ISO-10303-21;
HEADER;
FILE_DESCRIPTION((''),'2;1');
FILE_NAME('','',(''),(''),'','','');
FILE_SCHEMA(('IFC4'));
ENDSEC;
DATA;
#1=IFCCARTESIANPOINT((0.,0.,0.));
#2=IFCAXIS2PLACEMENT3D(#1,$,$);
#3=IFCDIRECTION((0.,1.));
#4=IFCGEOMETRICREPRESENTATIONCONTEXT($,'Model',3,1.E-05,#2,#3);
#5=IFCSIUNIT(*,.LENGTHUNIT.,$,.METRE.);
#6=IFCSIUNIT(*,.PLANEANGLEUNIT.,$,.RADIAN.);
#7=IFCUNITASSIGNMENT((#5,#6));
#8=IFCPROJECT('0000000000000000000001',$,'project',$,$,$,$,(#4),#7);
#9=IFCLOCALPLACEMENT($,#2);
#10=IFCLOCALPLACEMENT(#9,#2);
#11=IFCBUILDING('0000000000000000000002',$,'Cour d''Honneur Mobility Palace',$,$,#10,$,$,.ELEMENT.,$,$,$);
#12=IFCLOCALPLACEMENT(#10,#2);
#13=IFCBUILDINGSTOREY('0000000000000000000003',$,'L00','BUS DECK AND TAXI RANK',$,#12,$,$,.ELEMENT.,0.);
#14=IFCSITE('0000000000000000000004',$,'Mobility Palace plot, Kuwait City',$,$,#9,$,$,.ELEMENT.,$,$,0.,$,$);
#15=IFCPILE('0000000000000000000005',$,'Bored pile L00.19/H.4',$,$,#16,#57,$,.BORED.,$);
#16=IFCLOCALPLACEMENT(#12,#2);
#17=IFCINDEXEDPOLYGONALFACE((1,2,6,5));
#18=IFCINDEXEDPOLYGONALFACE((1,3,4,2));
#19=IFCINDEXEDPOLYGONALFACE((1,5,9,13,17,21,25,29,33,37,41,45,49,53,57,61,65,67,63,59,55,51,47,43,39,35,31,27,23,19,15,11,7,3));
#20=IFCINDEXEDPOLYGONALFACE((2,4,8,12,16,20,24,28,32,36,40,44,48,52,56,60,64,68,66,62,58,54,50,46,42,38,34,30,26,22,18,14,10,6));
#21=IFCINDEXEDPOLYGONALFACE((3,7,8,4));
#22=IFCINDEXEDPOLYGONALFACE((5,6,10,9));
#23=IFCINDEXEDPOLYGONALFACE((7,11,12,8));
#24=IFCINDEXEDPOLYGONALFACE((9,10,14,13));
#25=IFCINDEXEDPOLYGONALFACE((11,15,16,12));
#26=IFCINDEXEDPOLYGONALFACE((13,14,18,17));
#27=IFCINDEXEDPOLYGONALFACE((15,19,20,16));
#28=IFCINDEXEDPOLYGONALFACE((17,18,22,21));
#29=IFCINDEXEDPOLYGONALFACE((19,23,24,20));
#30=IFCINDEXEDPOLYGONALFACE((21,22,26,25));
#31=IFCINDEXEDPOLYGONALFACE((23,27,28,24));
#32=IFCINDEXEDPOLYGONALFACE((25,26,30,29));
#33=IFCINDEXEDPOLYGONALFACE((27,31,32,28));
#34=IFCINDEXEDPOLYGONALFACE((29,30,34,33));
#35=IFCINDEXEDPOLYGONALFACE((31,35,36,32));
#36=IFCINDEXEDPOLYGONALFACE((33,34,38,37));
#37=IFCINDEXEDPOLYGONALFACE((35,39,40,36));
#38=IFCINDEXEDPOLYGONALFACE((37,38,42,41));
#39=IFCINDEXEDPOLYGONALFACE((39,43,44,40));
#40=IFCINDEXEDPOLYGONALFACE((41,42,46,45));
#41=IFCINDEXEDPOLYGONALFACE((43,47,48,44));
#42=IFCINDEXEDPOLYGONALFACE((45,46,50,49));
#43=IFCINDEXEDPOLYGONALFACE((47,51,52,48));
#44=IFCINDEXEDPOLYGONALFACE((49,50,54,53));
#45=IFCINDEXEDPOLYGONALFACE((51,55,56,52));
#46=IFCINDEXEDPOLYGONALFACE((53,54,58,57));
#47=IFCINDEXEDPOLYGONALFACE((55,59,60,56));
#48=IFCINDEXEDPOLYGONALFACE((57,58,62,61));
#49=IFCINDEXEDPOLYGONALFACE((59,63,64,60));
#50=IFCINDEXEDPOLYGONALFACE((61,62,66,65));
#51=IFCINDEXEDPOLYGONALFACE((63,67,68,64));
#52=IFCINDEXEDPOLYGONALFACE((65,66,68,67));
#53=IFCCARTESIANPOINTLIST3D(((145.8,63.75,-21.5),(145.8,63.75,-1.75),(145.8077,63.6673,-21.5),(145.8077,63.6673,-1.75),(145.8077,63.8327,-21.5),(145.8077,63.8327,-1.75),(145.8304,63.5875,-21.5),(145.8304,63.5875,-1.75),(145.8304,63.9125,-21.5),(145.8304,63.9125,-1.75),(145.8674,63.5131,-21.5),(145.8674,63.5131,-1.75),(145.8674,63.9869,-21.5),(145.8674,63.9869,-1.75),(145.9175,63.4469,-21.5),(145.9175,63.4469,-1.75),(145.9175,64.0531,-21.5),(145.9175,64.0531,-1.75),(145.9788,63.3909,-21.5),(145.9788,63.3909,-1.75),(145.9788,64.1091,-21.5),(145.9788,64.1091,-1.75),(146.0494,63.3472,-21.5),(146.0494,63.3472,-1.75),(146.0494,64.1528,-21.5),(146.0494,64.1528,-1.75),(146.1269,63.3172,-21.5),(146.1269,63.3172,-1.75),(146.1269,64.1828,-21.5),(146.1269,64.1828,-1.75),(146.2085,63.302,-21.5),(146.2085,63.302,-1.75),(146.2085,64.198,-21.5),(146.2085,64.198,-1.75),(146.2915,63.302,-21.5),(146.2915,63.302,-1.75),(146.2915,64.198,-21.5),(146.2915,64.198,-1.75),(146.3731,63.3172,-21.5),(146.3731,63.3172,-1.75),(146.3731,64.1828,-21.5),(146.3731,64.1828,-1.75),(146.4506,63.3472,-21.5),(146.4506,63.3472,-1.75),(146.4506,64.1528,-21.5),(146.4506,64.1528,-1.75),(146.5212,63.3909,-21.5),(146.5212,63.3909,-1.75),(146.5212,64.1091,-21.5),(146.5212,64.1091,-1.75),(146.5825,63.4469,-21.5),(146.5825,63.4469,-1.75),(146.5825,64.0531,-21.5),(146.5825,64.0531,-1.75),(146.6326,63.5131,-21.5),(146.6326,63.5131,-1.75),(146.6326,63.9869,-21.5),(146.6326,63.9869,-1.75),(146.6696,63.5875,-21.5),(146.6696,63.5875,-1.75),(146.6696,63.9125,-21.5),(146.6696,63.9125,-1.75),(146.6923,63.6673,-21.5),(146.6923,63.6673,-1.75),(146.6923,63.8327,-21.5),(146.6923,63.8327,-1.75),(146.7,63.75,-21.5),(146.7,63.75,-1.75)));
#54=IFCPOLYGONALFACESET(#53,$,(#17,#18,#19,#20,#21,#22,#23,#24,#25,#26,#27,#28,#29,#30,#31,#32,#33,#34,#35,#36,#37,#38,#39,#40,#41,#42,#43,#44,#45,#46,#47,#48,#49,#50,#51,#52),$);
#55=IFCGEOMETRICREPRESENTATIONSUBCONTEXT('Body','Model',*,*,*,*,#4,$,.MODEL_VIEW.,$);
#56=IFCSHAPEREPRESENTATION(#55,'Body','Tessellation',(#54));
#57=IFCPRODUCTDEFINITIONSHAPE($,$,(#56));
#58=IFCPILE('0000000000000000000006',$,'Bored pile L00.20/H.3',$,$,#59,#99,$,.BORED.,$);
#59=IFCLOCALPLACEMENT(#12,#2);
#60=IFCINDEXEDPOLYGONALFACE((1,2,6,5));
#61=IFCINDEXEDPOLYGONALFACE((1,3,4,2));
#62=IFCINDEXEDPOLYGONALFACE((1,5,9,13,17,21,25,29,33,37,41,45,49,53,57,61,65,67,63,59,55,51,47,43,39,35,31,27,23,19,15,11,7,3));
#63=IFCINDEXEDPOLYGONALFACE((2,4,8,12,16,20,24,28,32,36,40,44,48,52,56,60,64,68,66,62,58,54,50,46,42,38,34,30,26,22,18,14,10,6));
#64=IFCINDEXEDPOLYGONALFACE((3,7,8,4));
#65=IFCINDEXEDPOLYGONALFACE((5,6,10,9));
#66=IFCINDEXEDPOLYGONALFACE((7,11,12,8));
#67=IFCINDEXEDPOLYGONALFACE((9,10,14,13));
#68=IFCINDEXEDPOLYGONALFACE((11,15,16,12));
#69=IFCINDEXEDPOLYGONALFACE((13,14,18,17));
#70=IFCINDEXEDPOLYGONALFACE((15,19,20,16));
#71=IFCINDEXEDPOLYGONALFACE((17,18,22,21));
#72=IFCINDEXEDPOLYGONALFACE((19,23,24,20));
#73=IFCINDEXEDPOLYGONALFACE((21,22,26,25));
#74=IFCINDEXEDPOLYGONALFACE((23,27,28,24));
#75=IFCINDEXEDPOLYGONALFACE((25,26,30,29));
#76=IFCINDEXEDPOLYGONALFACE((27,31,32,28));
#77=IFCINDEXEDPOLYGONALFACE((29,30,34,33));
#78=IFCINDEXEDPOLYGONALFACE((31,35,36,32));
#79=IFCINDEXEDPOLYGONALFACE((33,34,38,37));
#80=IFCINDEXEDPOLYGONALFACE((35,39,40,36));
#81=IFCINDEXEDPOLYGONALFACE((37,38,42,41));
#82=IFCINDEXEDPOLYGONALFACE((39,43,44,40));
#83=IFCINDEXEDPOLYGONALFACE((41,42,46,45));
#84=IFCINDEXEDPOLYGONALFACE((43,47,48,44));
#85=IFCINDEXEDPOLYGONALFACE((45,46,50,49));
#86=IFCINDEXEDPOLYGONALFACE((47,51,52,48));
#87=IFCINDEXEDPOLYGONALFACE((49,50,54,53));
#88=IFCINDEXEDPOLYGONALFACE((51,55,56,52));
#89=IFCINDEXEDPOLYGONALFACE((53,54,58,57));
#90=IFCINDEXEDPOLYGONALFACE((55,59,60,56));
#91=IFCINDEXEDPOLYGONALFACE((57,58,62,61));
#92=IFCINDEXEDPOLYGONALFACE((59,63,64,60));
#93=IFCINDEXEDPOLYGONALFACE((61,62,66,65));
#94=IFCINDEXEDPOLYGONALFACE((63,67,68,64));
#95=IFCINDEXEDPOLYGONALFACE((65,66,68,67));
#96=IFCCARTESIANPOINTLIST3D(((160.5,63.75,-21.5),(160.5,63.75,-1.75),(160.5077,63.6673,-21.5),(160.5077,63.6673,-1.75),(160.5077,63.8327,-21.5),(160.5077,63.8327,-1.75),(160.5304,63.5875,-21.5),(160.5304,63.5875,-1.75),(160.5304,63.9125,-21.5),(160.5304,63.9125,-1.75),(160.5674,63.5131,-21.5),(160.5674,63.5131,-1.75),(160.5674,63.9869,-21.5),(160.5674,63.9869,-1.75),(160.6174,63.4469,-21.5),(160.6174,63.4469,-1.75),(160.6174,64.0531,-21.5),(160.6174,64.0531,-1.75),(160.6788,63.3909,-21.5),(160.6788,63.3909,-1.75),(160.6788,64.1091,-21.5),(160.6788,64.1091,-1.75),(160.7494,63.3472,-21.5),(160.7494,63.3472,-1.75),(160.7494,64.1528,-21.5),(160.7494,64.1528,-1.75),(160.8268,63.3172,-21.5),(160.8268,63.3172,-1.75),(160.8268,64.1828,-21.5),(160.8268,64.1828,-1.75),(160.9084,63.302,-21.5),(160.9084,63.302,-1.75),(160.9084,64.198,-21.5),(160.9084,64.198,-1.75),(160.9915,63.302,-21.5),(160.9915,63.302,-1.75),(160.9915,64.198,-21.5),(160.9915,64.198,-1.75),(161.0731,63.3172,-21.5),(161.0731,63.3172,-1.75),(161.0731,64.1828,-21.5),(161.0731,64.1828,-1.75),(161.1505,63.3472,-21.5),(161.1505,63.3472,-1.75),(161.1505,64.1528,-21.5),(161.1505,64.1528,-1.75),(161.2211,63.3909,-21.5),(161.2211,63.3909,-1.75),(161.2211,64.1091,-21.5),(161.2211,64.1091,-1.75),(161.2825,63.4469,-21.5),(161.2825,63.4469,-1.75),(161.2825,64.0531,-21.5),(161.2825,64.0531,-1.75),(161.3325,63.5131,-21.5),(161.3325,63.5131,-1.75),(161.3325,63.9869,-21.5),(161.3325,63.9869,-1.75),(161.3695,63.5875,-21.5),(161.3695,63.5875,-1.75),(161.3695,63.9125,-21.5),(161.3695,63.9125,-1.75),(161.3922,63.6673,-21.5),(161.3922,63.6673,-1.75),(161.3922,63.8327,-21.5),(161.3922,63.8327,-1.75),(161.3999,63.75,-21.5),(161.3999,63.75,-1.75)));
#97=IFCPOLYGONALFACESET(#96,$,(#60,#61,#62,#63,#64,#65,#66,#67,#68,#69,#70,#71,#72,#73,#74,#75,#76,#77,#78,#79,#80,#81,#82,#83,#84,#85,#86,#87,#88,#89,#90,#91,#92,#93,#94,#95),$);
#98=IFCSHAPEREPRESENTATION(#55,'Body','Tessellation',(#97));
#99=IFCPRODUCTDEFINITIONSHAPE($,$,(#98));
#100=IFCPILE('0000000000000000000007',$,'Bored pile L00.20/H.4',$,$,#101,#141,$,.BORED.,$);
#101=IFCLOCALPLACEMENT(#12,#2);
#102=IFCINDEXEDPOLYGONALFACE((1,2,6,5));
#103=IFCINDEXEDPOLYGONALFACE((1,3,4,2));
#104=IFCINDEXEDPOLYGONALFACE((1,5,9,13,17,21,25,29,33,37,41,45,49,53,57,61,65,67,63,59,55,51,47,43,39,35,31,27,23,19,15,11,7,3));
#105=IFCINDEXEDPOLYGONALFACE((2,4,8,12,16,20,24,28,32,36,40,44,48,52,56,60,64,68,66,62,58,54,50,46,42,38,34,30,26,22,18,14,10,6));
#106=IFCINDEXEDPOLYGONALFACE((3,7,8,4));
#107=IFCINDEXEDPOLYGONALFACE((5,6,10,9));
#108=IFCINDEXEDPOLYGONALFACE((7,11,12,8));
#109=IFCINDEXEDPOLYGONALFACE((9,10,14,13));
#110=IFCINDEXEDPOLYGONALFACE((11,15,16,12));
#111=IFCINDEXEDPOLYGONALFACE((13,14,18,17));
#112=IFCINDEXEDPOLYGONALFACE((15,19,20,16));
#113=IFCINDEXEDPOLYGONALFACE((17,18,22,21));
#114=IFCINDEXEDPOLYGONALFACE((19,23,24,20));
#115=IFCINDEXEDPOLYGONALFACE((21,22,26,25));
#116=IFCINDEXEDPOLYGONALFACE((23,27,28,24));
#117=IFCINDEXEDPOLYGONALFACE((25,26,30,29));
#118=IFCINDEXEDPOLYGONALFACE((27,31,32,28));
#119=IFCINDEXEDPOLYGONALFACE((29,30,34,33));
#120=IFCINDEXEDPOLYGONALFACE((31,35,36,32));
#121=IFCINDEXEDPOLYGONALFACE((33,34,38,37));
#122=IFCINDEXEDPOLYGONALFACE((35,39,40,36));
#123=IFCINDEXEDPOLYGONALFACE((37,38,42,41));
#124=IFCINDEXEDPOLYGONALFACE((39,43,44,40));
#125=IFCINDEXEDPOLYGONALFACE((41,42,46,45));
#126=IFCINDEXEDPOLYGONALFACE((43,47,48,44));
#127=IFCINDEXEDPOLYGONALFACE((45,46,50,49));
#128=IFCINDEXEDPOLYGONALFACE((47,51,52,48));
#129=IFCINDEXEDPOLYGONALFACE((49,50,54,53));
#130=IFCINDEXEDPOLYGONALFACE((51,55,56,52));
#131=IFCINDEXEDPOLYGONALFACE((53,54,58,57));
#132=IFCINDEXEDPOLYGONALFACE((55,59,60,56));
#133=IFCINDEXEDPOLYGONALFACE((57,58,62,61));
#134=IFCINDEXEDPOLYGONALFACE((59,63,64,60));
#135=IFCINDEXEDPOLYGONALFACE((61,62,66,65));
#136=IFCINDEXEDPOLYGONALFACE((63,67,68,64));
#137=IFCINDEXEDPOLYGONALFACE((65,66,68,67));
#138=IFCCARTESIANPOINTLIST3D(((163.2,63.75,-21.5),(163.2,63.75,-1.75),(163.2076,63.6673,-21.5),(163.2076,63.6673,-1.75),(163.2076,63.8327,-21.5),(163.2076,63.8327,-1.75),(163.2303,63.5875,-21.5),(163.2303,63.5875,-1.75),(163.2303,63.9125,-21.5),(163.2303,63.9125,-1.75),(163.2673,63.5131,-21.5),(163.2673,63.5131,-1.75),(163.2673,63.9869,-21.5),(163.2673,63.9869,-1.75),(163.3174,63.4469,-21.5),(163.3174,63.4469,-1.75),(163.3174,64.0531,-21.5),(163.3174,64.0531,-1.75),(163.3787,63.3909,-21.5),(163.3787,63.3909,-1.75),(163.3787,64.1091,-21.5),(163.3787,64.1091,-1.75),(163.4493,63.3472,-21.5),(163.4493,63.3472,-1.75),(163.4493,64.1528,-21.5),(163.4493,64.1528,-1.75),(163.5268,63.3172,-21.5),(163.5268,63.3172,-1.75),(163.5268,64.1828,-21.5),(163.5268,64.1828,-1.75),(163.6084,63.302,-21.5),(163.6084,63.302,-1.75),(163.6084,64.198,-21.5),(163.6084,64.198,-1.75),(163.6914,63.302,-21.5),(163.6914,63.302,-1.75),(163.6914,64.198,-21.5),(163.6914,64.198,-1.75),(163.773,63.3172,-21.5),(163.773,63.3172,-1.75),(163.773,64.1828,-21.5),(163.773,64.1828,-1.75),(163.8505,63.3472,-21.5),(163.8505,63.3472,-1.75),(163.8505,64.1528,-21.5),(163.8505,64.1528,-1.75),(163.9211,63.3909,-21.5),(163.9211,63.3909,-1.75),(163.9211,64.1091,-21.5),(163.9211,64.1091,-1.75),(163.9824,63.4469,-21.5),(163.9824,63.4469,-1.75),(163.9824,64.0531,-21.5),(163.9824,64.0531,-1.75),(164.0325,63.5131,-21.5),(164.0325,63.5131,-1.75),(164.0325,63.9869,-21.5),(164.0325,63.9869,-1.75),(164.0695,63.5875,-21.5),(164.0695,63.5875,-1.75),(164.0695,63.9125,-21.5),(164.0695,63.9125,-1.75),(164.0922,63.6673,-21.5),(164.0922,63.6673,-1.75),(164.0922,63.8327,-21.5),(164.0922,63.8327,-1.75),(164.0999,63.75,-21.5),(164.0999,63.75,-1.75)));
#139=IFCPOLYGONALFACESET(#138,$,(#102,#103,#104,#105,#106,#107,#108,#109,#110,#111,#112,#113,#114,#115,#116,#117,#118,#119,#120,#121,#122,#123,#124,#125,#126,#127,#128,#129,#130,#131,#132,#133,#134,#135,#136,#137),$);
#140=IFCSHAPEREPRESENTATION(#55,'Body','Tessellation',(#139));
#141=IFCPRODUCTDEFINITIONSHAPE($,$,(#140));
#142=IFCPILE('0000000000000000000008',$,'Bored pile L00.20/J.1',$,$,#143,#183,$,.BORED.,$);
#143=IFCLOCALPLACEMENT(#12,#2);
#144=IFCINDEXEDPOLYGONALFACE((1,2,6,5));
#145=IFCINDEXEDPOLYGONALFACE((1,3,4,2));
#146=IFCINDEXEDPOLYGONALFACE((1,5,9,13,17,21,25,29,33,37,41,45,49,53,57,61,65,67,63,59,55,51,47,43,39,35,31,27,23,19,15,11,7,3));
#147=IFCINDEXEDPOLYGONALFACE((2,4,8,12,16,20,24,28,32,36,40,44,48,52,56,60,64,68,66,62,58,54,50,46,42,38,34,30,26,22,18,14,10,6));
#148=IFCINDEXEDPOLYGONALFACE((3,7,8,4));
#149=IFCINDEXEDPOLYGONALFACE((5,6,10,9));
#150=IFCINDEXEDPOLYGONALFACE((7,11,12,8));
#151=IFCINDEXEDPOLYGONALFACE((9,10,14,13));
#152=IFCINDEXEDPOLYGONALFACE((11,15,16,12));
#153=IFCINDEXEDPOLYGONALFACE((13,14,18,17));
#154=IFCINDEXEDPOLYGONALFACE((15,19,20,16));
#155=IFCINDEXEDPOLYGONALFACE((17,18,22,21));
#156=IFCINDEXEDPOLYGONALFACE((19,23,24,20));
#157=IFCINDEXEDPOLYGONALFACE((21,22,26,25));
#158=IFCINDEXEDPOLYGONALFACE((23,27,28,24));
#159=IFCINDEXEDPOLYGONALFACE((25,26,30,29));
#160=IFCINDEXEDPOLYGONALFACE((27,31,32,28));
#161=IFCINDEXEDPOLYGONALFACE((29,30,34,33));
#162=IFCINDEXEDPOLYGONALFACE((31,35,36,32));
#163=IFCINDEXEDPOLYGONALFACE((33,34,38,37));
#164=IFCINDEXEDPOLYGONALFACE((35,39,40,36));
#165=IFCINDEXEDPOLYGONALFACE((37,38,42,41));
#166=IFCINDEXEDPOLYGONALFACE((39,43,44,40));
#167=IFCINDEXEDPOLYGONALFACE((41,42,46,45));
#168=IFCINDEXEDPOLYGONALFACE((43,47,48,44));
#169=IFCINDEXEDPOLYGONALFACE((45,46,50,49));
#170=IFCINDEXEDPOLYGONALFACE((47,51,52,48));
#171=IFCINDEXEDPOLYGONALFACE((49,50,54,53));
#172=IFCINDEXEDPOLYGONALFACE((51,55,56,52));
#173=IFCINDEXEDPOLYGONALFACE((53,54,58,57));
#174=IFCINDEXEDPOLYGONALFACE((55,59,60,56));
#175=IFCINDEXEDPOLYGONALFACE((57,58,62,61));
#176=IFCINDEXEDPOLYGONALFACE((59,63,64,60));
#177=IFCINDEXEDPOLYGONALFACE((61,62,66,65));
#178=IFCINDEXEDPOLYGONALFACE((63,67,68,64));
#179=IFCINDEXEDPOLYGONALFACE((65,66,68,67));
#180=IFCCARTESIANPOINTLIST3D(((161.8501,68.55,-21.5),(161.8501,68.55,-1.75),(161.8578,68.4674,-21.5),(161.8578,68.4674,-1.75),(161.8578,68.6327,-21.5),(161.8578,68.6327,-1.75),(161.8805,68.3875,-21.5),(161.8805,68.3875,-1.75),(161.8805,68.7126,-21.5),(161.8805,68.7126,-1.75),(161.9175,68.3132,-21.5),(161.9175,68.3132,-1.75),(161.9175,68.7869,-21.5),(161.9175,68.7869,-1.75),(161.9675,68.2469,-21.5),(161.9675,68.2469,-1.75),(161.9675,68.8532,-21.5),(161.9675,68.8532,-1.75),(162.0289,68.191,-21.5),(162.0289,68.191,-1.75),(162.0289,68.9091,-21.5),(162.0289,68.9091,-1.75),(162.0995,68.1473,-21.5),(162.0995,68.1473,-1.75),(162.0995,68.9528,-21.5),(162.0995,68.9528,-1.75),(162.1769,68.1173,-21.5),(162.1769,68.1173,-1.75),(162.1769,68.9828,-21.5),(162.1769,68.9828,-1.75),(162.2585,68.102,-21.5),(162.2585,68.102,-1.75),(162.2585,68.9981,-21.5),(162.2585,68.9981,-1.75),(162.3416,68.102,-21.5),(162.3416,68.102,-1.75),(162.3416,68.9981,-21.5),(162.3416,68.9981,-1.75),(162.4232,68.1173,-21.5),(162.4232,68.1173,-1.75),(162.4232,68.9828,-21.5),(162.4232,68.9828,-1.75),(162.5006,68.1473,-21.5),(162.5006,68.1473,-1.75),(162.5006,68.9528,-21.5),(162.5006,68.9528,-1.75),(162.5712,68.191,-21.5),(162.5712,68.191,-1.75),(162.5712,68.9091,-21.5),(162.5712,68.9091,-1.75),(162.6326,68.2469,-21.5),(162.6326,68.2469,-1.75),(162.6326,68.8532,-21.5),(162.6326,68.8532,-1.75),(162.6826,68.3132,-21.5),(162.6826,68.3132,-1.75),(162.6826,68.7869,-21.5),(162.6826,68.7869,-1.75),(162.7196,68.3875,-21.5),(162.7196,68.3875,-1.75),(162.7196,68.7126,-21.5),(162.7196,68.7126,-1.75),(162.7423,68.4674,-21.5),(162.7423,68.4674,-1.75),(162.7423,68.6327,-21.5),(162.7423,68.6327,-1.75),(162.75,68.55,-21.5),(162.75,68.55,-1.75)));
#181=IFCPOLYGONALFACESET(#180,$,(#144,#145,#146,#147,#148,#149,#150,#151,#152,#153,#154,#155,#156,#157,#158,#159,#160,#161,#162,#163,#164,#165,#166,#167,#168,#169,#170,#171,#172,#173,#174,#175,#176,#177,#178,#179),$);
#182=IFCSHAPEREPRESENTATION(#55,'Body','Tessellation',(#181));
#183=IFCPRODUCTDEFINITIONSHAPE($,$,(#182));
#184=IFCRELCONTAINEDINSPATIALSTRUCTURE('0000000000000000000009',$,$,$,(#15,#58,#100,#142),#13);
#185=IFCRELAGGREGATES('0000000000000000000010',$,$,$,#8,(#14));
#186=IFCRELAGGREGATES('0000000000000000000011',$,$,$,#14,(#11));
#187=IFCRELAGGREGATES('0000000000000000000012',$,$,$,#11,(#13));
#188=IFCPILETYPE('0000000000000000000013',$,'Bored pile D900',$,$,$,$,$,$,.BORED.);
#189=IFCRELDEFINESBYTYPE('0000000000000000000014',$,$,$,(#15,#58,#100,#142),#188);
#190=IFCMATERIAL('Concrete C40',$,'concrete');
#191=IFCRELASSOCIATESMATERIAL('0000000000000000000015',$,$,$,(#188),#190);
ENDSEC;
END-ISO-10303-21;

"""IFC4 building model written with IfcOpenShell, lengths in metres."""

from ifc_helpers import new_model, si_unit, direction, frame, origin, origin_2d, place, context, subcontext, project, spatial, circle, extrude, material, material_profile, profile_set, type_object, element, save


model = new_model("IFC4")

# Units and contexts
model_context = context("Model", 3, precision=1e-05, world=origin(), true_north=direction((0.0, 1.0)))
body_context = subcontext(model_context, "Body", "Model", "MODEL_VIEW")
ifc_project = project(units=[si_unit("LENGTHUNIT", "METRE"), si_unit("PLANEANGLEUNIT", "RADIAN")], contexts=[model_context])

# Site, building, storey
site_placement = place(None, origin())
site = spatial("IfcSite", under=ifc_project, at=site_placement, Name="Mobility Palace plot, Kuwait City", CompositionType="ELEMENT", RefElevation=0.0)
building_placement = place(site_placement, origin())
building = spatial("IfcBuilding", under=site, at=building_placement, Name="Cour d'Honneur Mobility Palace", CompositionType="ELEMENT")
storey_placement = place(building_placement, origin())
storey = spatial("IfcBuildingStorey", under=building, at=storey_placement, Name="L00", Description="BUS DECK AND TAXI RANK", CompositionType="ELEMENT", Elevation=0.0)

# Piles
ifc_material_1 = material(Name="Concrete C40", Category="concrete")
ifc_material_profile_1 = material_profile(ifc_material_1, circle(Radius=0.45, at=origin_2d()), Name="Bored pile D900")
ifc_profile_set_1 = profile_set([ifc_material_profile_1], Name="Concrete C40")
pile_type = type_object("IfcPileType", Name="Bored pile D900", PredefinedType="BORED", material=ifc_profile_set_1)
for number, where, z_axis, x_axis, name in (
    (1, (146.25, 63.75, -1.75), (0.0, 0.0, -1.0), (1.0, 0.0, 0.0), "Bored pile L00.19/H.4"),
    (2, (160.95, 63.75, -1.75), (0.0, 0.0, -1.0), (1.0, 0.0, 0.0), "Bored pile L00.20/H.3"),
    (3, (163.6499, 63.75, -1.75), (0.0, 0.0, -1.0), (1.0, 0.0, 0.0), "Bored pile L00.20/H.4"),
    (4, (162.3, 68.55, -1.75), (0.0, 0.0, -1.0), (1.0, 0.0, 0.0), "Bored pile L00.20/J.1"),
):
    element("IfcPile", number, at=place(storey_placement, frame(where, z_axis=z_axis, x_axis=x_axis)), inside=storey, type_object=pile_type, Name=name, PredefinedType="BORED", context=body_context, shape_type="SweptSolid", body=[
        extrude(circle(Radius=0.45, at=origin_2d()), origin(), (0.0, 0.0, 1.0), 19.75),
    ])

save(model, "model.ifc")
